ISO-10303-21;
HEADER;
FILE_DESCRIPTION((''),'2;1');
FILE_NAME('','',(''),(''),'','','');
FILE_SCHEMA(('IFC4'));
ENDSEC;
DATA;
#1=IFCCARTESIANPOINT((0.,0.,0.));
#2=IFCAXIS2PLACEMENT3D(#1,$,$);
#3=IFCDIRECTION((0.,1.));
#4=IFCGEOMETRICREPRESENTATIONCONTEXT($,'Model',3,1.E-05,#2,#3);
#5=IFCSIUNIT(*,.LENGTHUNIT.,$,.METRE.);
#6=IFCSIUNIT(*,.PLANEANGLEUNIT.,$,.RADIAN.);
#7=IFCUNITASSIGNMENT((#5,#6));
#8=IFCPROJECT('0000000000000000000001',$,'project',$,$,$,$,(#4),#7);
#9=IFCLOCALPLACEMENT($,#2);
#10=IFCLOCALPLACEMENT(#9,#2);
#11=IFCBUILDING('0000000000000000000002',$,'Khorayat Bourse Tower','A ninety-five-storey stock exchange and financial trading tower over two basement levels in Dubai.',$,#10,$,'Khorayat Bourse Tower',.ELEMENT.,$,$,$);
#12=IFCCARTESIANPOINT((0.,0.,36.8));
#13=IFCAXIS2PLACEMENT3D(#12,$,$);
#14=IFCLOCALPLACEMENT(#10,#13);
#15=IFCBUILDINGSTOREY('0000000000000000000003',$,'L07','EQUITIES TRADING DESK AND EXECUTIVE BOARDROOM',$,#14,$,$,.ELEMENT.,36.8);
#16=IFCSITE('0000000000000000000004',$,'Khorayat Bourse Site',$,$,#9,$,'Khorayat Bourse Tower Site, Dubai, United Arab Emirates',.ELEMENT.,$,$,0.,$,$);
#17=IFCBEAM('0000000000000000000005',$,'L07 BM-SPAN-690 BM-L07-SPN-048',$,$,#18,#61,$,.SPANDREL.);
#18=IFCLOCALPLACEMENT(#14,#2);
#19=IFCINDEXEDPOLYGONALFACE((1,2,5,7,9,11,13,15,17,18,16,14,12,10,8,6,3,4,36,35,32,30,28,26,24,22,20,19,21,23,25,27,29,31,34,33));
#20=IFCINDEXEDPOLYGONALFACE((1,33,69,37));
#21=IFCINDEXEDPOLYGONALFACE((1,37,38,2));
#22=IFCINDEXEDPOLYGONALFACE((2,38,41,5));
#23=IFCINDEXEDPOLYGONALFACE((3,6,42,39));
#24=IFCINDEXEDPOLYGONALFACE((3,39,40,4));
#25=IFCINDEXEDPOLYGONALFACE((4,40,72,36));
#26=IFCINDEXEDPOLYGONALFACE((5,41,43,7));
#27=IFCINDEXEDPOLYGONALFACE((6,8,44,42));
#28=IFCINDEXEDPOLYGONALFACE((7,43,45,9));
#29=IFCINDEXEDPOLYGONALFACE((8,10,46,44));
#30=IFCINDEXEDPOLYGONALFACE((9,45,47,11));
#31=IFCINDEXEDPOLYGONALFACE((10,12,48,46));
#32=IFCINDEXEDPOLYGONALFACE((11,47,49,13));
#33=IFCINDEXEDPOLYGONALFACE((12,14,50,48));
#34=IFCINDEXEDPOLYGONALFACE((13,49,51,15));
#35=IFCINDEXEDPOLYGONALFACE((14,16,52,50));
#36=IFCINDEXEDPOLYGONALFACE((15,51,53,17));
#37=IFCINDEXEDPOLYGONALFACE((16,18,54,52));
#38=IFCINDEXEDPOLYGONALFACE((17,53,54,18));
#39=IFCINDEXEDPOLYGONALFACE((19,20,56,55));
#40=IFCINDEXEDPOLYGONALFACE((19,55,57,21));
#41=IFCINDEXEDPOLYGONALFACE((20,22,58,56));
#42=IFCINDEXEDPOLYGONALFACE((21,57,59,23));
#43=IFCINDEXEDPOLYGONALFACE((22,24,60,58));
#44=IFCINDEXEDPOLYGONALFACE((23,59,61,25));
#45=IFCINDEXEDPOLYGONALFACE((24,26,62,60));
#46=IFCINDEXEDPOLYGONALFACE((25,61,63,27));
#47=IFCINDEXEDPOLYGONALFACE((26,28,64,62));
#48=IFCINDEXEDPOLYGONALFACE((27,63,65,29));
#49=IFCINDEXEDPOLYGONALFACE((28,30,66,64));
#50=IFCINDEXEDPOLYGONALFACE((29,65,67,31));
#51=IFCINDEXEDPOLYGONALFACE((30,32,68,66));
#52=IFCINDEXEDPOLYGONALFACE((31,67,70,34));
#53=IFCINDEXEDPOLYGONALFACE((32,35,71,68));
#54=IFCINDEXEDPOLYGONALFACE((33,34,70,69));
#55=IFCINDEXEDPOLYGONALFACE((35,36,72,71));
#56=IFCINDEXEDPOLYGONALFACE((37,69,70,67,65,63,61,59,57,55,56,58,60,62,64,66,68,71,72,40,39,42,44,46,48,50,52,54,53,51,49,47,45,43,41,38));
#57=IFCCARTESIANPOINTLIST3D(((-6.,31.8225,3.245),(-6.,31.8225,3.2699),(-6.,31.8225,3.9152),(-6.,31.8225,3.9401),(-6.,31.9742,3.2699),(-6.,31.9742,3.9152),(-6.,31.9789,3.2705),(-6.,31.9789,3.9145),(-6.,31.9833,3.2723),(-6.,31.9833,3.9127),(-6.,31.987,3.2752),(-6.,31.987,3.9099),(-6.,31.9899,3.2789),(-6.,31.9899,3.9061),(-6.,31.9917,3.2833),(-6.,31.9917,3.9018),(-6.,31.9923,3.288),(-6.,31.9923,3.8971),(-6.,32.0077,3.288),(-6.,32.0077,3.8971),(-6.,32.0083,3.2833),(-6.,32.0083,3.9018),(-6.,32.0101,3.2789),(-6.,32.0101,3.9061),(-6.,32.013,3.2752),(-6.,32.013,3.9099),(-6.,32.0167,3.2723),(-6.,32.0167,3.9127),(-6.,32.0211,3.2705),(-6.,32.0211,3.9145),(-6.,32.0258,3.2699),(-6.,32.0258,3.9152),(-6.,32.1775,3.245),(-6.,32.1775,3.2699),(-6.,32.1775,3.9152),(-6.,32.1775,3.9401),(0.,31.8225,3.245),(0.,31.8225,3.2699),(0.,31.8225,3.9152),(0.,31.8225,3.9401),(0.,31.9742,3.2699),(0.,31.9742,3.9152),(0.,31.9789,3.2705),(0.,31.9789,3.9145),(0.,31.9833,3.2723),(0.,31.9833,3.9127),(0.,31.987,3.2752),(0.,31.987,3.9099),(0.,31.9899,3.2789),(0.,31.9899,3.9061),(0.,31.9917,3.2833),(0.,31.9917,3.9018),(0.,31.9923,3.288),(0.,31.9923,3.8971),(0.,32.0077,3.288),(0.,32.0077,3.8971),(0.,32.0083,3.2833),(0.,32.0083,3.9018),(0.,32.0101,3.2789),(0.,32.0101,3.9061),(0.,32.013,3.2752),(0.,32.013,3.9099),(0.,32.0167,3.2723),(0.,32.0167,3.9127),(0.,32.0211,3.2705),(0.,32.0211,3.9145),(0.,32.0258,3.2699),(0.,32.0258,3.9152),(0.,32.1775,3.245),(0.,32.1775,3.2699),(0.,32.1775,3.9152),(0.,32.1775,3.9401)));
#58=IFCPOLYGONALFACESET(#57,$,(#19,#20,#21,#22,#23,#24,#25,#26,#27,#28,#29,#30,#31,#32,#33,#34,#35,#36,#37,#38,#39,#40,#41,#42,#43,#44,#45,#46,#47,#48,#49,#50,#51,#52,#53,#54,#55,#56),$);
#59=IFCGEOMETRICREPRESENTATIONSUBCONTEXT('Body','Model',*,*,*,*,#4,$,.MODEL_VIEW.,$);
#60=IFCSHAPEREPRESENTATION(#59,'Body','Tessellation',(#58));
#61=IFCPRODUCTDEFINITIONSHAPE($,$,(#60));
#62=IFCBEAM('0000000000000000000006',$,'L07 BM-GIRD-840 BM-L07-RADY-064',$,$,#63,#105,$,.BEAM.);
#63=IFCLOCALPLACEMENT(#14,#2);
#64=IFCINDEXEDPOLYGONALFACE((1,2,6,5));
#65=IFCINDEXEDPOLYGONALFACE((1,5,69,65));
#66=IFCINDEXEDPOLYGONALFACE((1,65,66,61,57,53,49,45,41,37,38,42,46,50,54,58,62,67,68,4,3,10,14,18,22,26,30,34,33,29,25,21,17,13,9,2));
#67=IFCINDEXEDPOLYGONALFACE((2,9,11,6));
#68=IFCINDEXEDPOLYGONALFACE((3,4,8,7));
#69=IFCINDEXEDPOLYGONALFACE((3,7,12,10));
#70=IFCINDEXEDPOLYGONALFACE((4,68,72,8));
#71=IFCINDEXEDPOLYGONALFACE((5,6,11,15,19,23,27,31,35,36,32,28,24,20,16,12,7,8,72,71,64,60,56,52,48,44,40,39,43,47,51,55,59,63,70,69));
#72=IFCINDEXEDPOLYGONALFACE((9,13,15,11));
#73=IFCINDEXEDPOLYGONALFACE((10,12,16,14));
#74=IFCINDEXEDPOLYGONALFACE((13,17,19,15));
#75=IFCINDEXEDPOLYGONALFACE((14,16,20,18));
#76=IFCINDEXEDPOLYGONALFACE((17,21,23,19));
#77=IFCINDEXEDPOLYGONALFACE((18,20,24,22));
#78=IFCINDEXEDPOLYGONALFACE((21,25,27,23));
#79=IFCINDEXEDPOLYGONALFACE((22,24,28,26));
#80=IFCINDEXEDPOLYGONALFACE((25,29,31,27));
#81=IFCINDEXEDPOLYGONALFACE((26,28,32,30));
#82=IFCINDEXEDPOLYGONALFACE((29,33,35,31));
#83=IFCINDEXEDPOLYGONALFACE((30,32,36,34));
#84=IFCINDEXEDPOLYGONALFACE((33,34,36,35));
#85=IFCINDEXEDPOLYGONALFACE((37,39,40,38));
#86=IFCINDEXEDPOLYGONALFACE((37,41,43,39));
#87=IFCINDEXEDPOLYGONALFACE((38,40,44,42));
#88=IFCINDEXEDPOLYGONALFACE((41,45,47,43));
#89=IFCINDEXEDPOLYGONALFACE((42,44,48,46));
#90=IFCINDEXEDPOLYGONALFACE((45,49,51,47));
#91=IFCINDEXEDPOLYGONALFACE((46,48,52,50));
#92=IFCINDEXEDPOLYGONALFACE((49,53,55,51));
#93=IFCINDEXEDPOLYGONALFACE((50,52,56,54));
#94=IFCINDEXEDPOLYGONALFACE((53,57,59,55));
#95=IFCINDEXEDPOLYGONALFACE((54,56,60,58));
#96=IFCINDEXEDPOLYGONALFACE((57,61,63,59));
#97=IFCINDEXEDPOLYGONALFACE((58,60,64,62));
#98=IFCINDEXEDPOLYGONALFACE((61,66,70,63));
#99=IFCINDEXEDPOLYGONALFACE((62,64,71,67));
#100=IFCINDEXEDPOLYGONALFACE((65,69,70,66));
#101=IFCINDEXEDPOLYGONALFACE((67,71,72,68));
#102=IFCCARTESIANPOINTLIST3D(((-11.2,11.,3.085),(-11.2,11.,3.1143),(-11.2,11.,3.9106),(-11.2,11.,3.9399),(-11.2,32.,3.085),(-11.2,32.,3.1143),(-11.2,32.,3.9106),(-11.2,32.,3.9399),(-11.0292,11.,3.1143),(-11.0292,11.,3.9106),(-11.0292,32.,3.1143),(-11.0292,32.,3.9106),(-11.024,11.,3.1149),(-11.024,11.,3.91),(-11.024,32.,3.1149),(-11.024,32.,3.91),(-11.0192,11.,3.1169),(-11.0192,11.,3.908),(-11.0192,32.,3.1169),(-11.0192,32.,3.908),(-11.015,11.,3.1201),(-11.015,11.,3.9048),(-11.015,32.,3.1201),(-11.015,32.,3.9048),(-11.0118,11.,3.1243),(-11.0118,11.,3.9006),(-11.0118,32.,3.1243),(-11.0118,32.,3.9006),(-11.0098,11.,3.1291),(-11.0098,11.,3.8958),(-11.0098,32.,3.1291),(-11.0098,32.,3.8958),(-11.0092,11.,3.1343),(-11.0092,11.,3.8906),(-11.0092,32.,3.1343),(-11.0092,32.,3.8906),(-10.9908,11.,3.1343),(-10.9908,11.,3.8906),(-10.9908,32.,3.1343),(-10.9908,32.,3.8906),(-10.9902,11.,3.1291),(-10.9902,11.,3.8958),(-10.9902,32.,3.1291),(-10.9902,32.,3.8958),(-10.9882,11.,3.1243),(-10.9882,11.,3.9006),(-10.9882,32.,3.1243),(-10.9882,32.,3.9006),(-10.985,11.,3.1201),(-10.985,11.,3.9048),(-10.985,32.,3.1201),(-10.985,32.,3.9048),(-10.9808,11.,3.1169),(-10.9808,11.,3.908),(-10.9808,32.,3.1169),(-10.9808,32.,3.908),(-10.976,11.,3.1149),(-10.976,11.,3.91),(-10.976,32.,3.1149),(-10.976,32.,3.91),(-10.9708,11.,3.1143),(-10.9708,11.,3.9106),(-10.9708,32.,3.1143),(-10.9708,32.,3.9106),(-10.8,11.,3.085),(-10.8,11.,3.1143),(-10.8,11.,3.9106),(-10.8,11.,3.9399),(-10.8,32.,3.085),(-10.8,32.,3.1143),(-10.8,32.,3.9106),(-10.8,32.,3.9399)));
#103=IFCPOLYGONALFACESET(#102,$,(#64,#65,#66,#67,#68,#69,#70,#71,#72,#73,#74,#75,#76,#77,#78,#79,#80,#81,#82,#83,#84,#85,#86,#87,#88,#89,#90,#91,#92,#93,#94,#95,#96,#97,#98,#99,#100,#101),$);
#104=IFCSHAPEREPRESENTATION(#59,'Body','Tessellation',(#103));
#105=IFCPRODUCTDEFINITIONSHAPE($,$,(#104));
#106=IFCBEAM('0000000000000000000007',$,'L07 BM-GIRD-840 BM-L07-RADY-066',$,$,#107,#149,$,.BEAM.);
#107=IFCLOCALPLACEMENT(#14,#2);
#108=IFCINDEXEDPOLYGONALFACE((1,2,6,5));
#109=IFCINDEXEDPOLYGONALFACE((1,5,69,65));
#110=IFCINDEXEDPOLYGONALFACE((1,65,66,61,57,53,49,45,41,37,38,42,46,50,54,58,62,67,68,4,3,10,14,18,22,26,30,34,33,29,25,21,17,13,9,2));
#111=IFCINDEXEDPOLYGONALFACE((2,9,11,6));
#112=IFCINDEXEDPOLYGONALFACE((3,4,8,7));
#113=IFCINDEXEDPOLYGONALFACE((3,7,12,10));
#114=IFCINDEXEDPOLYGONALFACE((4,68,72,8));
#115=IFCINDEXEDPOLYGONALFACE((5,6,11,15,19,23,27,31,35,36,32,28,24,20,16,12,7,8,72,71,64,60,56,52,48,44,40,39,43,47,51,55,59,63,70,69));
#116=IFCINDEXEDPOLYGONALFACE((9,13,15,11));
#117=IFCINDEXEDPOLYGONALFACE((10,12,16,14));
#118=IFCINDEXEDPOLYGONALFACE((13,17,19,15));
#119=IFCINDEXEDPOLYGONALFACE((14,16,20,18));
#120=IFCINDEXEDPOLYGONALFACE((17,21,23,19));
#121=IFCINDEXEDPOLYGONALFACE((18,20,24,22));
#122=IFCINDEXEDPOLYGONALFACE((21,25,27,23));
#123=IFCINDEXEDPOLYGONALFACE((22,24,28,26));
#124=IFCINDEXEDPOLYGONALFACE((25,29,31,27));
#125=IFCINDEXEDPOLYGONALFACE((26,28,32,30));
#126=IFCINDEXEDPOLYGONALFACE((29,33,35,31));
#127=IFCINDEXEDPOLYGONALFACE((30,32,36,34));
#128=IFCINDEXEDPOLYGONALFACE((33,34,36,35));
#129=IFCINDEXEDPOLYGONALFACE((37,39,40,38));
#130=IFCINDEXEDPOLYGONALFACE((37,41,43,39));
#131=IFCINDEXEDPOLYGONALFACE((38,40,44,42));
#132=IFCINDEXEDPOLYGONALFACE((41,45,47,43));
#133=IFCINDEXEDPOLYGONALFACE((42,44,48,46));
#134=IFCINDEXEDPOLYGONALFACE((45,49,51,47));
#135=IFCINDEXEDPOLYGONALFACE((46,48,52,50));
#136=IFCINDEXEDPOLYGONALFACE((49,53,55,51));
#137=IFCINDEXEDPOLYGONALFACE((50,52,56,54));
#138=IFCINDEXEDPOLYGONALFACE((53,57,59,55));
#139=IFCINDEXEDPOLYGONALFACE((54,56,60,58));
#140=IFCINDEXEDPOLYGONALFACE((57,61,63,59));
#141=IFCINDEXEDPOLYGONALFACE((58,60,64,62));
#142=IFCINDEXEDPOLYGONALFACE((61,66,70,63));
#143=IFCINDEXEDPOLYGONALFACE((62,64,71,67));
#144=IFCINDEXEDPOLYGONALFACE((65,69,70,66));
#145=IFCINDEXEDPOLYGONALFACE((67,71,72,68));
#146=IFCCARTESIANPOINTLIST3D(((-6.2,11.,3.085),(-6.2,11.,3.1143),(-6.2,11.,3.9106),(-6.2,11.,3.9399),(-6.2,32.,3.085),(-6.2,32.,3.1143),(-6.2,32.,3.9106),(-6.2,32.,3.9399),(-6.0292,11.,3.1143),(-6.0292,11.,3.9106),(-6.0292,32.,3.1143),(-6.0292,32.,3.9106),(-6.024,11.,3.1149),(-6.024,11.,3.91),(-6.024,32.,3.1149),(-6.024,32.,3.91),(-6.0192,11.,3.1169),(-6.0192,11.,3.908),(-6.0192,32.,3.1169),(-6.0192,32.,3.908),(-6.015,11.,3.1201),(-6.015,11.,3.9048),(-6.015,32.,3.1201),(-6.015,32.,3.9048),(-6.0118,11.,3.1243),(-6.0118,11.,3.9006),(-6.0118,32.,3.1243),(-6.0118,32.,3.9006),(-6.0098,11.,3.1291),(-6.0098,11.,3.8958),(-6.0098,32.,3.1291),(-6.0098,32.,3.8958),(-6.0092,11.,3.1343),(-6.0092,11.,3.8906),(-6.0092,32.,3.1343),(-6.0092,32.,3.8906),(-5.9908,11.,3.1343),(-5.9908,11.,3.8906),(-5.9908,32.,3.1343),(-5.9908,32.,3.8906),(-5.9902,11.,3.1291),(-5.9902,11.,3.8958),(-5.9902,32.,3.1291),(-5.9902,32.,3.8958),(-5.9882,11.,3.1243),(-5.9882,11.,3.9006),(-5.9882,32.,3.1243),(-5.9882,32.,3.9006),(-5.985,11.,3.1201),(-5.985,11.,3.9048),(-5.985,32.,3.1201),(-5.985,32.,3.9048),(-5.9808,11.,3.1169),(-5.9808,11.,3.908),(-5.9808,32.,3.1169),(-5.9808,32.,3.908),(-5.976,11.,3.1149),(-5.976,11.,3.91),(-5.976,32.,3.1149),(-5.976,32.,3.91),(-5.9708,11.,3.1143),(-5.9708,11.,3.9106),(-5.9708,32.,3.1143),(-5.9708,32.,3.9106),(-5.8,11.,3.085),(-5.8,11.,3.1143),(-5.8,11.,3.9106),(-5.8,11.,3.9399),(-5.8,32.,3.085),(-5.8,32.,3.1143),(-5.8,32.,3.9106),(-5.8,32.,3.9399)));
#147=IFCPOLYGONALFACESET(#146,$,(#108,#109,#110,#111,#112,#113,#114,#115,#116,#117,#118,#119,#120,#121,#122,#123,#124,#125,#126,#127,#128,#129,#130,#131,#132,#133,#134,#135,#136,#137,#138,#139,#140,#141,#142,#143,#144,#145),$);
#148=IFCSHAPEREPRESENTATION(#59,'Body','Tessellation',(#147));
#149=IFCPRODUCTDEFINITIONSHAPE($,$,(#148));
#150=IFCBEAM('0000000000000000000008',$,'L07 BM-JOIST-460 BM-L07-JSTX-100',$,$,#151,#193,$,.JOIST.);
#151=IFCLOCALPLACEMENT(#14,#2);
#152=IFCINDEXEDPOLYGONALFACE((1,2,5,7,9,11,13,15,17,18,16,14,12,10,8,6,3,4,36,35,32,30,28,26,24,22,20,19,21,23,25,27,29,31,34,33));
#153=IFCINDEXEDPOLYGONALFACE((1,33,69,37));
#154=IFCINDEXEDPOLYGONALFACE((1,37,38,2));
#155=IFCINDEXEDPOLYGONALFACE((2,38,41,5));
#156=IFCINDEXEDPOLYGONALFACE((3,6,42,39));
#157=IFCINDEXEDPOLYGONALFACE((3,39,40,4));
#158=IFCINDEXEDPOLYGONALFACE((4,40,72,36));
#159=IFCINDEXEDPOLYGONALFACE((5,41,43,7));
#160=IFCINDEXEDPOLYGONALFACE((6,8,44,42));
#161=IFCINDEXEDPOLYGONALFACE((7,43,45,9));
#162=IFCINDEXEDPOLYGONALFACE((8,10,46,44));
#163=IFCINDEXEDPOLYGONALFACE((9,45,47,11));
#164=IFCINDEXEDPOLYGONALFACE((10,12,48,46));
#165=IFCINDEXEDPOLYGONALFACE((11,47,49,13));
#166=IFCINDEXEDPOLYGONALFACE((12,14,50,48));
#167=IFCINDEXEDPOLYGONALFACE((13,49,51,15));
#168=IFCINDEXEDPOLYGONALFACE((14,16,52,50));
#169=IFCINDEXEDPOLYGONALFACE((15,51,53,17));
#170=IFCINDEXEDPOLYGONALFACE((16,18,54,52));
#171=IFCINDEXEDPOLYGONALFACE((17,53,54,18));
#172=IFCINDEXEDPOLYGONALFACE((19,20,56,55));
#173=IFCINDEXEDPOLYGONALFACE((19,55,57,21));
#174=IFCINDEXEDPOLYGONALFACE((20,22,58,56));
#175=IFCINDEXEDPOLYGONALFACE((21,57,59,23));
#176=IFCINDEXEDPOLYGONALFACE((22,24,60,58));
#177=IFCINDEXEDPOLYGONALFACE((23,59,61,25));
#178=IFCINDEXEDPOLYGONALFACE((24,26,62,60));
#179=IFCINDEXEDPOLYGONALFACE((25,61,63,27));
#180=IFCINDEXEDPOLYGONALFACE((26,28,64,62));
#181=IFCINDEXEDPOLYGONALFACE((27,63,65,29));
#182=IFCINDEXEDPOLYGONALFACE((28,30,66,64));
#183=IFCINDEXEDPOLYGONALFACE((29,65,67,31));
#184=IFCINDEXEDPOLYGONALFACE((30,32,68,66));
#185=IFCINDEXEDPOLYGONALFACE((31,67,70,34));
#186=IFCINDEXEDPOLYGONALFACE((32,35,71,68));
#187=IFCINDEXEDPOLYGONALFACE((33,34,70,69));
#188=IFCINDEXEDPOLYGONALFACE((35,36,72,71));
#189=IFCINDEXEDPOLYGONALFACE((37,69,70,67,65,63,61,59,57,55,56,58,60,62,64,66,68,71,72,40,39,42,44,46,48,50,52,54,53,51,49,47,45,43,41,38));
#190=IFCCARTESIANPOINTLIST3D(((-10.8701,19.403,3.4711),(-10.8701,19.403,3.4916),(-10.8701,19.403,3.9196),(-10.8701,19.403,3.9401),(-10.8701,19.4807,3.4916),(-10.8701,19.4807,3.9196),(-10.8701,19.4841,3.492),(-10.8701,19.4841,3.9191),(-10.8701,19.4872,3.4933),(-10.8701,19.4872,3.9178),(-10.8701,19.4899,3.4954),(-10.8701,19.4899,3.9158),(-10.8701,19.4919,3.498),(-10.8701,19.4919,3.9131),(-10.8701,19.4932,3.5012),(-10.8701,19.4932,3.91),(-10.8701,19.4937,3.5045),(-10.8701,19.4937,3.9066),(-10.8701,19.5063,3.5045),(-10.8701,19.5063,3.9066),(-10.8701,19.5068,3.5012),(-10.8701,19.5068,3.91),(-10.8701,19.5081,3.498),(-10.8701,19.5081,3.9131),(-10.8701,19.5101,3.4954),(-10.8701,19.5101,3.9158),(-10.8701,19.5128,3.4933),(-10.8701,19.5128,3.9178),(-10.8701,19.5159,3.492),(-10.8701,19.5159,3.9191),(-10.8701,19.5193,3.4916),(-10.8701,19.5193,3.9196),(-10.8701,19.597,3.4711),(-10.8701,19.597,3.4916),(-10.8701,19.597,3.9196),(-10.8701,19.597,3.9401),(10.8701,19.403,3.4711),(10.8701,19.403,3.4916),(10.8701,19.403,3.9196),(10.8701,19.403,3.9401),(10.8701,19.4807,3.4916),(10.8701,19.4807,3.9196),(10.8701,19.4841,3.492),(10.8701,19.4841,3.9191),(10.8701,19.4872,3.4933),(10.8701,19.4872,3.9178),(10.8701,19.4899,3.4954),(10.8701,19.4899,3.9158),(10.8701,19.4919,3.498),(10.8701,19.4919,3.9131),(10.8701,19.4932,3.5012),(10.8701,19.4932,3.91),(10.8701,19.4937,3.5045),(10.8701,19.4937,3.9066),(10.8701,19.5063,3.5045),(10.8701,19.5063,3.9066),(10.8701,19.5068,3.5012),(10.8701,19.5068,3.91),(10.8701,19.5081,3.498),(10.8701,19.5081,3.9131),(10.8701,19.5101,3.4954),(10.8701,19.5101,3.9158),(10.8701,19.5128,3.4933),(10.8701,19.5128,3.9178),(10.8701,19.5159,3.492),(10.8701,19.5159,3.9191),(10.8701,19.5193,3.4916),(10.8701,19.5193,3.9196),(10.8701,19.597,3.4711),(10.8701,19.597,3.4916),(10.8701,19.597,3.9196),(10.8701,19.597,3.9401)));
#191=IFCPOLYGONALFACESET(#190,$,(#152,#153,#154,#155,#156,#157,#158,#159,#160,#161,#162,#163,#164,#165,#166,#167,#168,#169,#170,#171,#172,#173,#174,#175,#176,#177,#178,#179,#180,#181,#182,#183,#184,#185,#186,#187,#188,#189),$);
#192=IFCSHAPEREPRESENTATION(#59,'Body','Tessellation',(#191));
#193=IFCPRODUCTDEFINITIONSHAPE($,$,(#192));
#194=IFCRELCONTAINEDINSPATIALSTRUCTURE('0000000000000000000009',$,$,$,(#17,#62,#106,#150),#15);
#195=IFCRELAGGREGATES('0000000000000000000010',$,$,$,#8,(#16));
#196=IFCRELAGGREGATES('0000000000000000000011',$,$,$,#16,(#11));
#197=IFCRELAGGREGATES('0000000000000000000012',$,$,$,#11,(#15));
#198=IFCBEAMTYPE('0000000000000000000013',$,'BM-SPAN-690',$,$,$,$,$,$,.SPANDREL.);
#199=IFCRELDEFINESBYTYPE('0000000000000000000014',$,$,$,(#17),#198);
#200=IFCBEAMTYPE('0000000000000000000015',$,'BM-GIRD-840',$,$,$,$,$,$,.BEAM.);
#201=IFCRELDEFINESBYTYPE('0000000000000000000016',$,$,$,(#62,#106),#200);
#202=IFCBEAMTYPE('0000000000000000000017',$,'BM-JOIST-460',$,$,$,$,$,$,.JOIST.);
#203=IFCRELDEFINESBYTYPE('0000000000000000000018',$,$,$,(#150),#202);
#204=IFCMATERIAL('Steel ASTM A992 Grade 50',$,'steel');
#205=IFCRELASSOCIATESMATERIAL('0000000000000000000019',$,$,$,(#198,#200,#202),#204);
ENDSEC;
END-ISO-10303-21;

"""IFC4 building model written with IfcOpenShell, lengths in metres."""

from ifc_helpers import new_model, si_unit, direction, frame, origin, origin_2d, place, context, subcontext, project, spatial, i_section, extrude, source, transform, mapped, material, material_profile, profile_set, type_object, element, save


model = new_model("IFC4")

# Units and contexts
model_context = context("Model", 3, precision=1e-05, world=origin(), true_north=direction((0.0, 1.0)))
body_context = subcontext(model_context, "Body", "Model", "MODEL_VIEW")
ifc_project = project(units=[si_unit("LENGTHUNIT", "METRE"), si_unit("PLANEANGLEUNIT", "RADIAN")], contexts=[model_context])

# Site, building, storey
site_placement = place(None, origin())
site = spatial("IfcSite", under=ifc_project, at=site_placement, Name="Khorayat Bourse Site", LongName="Khorayat Bourse Tower Site, Dubai, United Arab Emirates", CompositionType="ELEMENT", RefElevation=0.0)
building_placement = place(site_placement, origin())
building = spatial("IfcBuilding", under=site, at=building_placement, Name="Khorayat Bourse Tower", Description="A ninety-five-storey stock exchange and financial trading tower over two basement levels in Dubai.", LongName="Khorayat Bourse Tower", CompositionType="ELEMENT")
storey_placement = place(building_placement, frame((0.0, 0.0, 36.8)))
storey = spatial("IfcBuildingStorey", under=building, at=storey_placement, Name="L07", Description="EQUITIES TRADING DESK AND EXECUTIVE BOARDROOM", CompositionType="ELEMENT", Elevation=36.8)

# Beams
ifc_material_1 = material(Name="Steel ASTM A992 Grade 50", Category="steel")
ifc_material_profile_1 = material_profile(ifc_material_1, i_section(OverallWidth=0.355, OverallDepth=0.6951, WebThickness=0.0154, FlangeThickness=0.0249, FilletRadius=0.0181, at=origin_2d()), Name="W690X217")
ifc_profile_set_1 = profile_set([ifc_material_profile_1], Name="Steel ASTM A992 Grade 50")
beam_type_1 = type_object("IfcBeamType", Name="BM-SPAN-690", PredefinedType="SPANDREL", material=ifc_profile_set_1)
shared_shape_1 = source(origin(), body_context, "Body", "SweptSolid", [
    extrude(i_section(OverallWidth=0.355, OverallDepth=0.6951, WebThickness=0.0154, FlangeThickness=0.0249, FilletRadius=0.0181, at=origin_2d()), origin(), (0.0, 0.0, 1.0), 6.0),
])
beam_1_placement = place(storey_placement, frame((-6.0, 32.0, 3.5925), z_axis=(1.0, 0.0, 0.0), x_axis=(0.0, 1.0, 0.0)))
element("IfcBeam", 1, at=beam_1_placement, inside=storey, type_object=beam_type_1, Name="L07 BM-SPAN-690 BM-L07-SPN-048", PredefinedType="SPANDREL", context=body_context, shape_type="MappedRepresentation", body=[
    mapped(shared_shape_1, transform((0.0, 0.0, 0.0), scale=1.0)),
])
ifc_material_profile_2 = material_profile(ifc_material_1, i_section(OverallWidth=0.3999, OverallDepth=0.855, WebThickness=0.0183, FlangeThickness=0.0293, FilletRadius=0.02, at=origin_2d()), Name="W840X299")
ifc_profile_set_2 = profile_set([ifc_material_profile_2], Name="Steel ASTM A992 Grade 50")
beam_type_2 = type_object("IfcBeamType", Name="BM-GIRD-840", PredefinedType="BEAM", material=ifc_profile_set_2)
shared_shape_2 = source(origin(), body_context, "Body", "SweptSolid", [
    extrude(i_section(OverallWidth=0.3999, OverallDepth=0.855, WebThickness=0.0183, FlangeThickness=0.0293, FilletRadius=0.02, at=origin_2d()), origin(), (0.0, 0.0, 1.0), 21.0),
])
for number, where, z_axis, x_axis, name in (
    (2, (-11.0, 11.0, 3.5125), (0.0, 1.0, 0.0), (-1.0, 0.0, 0.0), "L07 BM-GIRD-840 BM-L07-RADY-064"),
    (3, (-6.0, 11.0, 3.5125), (0.0, 1.0, 0.0), (-1.0, 0.0, 0.0), "L07 BM-GIRD-840 BM-L07-RADY-066"),
):
    element("IfcBeam", number, at=place(storey_placement, frame(where, z_axis=z_axis, x_axis=x_axis)), inside=storey, type_object=beam_type_2, Name=name, PredefinedType="BEAM", context=body_context, shape_type="MappedRepresentation", body=[
        mapped(shared_shape_2, transform((0.0, 0.0, 0.0), scale=1.0)),
    ])
ifc_material_profile_3 = material_profile(ifc_material_1, i_section(OverallWidth=0.1941, OverallDepth=0.469, WebThickness=0.0127, FlangeThickness=0.0205, FilletRadius=0.0129, at=origin_2d()), Name="W460X106")
ifc_profile_set_3 = profile_set([ifc_material_profile_3], Name="Steel ASTM A992 Grade 50")
beam_type_3 = type_object("IfcBeamType", Name="BM-JOIST-460", PredefinedType="JOIST", material=ifc_profile_set_3)
shared_shape_3 = source(origin(), body_context, "Body", "SweptSolid", [
    extrude(i_section(OverallWidth=0.1941, OverallDepth=0.469, WebThickness=0.0127, FlangeThickness=0.0205, FilletRadius=0.0129, at=origin_2d()), origin(), (0.0, 0.0, 1.0), 21.7402),
])
beam_2_placement = place(storey_placement, frame((-10.8701, 19.5, 3.7056), z_axis=(1.0, 0.0, 0.0), x_axis=(0.0, 1.0, 0.0)))
element("IfcBeam", 4, at=beam_2_placement, inside=storey, type_object=beam_type_3, Name="L07 BM-JOIST-460 BM-L07-JSTX-100", PredefinedType="JOIST", context=body_context, shape_type="MappedRepresentation", body=[
    mapped(shared_shape_3, transform((0.0, 0.0, 0.0), scale=1.0)),
])

save(model, "model.ifc")
